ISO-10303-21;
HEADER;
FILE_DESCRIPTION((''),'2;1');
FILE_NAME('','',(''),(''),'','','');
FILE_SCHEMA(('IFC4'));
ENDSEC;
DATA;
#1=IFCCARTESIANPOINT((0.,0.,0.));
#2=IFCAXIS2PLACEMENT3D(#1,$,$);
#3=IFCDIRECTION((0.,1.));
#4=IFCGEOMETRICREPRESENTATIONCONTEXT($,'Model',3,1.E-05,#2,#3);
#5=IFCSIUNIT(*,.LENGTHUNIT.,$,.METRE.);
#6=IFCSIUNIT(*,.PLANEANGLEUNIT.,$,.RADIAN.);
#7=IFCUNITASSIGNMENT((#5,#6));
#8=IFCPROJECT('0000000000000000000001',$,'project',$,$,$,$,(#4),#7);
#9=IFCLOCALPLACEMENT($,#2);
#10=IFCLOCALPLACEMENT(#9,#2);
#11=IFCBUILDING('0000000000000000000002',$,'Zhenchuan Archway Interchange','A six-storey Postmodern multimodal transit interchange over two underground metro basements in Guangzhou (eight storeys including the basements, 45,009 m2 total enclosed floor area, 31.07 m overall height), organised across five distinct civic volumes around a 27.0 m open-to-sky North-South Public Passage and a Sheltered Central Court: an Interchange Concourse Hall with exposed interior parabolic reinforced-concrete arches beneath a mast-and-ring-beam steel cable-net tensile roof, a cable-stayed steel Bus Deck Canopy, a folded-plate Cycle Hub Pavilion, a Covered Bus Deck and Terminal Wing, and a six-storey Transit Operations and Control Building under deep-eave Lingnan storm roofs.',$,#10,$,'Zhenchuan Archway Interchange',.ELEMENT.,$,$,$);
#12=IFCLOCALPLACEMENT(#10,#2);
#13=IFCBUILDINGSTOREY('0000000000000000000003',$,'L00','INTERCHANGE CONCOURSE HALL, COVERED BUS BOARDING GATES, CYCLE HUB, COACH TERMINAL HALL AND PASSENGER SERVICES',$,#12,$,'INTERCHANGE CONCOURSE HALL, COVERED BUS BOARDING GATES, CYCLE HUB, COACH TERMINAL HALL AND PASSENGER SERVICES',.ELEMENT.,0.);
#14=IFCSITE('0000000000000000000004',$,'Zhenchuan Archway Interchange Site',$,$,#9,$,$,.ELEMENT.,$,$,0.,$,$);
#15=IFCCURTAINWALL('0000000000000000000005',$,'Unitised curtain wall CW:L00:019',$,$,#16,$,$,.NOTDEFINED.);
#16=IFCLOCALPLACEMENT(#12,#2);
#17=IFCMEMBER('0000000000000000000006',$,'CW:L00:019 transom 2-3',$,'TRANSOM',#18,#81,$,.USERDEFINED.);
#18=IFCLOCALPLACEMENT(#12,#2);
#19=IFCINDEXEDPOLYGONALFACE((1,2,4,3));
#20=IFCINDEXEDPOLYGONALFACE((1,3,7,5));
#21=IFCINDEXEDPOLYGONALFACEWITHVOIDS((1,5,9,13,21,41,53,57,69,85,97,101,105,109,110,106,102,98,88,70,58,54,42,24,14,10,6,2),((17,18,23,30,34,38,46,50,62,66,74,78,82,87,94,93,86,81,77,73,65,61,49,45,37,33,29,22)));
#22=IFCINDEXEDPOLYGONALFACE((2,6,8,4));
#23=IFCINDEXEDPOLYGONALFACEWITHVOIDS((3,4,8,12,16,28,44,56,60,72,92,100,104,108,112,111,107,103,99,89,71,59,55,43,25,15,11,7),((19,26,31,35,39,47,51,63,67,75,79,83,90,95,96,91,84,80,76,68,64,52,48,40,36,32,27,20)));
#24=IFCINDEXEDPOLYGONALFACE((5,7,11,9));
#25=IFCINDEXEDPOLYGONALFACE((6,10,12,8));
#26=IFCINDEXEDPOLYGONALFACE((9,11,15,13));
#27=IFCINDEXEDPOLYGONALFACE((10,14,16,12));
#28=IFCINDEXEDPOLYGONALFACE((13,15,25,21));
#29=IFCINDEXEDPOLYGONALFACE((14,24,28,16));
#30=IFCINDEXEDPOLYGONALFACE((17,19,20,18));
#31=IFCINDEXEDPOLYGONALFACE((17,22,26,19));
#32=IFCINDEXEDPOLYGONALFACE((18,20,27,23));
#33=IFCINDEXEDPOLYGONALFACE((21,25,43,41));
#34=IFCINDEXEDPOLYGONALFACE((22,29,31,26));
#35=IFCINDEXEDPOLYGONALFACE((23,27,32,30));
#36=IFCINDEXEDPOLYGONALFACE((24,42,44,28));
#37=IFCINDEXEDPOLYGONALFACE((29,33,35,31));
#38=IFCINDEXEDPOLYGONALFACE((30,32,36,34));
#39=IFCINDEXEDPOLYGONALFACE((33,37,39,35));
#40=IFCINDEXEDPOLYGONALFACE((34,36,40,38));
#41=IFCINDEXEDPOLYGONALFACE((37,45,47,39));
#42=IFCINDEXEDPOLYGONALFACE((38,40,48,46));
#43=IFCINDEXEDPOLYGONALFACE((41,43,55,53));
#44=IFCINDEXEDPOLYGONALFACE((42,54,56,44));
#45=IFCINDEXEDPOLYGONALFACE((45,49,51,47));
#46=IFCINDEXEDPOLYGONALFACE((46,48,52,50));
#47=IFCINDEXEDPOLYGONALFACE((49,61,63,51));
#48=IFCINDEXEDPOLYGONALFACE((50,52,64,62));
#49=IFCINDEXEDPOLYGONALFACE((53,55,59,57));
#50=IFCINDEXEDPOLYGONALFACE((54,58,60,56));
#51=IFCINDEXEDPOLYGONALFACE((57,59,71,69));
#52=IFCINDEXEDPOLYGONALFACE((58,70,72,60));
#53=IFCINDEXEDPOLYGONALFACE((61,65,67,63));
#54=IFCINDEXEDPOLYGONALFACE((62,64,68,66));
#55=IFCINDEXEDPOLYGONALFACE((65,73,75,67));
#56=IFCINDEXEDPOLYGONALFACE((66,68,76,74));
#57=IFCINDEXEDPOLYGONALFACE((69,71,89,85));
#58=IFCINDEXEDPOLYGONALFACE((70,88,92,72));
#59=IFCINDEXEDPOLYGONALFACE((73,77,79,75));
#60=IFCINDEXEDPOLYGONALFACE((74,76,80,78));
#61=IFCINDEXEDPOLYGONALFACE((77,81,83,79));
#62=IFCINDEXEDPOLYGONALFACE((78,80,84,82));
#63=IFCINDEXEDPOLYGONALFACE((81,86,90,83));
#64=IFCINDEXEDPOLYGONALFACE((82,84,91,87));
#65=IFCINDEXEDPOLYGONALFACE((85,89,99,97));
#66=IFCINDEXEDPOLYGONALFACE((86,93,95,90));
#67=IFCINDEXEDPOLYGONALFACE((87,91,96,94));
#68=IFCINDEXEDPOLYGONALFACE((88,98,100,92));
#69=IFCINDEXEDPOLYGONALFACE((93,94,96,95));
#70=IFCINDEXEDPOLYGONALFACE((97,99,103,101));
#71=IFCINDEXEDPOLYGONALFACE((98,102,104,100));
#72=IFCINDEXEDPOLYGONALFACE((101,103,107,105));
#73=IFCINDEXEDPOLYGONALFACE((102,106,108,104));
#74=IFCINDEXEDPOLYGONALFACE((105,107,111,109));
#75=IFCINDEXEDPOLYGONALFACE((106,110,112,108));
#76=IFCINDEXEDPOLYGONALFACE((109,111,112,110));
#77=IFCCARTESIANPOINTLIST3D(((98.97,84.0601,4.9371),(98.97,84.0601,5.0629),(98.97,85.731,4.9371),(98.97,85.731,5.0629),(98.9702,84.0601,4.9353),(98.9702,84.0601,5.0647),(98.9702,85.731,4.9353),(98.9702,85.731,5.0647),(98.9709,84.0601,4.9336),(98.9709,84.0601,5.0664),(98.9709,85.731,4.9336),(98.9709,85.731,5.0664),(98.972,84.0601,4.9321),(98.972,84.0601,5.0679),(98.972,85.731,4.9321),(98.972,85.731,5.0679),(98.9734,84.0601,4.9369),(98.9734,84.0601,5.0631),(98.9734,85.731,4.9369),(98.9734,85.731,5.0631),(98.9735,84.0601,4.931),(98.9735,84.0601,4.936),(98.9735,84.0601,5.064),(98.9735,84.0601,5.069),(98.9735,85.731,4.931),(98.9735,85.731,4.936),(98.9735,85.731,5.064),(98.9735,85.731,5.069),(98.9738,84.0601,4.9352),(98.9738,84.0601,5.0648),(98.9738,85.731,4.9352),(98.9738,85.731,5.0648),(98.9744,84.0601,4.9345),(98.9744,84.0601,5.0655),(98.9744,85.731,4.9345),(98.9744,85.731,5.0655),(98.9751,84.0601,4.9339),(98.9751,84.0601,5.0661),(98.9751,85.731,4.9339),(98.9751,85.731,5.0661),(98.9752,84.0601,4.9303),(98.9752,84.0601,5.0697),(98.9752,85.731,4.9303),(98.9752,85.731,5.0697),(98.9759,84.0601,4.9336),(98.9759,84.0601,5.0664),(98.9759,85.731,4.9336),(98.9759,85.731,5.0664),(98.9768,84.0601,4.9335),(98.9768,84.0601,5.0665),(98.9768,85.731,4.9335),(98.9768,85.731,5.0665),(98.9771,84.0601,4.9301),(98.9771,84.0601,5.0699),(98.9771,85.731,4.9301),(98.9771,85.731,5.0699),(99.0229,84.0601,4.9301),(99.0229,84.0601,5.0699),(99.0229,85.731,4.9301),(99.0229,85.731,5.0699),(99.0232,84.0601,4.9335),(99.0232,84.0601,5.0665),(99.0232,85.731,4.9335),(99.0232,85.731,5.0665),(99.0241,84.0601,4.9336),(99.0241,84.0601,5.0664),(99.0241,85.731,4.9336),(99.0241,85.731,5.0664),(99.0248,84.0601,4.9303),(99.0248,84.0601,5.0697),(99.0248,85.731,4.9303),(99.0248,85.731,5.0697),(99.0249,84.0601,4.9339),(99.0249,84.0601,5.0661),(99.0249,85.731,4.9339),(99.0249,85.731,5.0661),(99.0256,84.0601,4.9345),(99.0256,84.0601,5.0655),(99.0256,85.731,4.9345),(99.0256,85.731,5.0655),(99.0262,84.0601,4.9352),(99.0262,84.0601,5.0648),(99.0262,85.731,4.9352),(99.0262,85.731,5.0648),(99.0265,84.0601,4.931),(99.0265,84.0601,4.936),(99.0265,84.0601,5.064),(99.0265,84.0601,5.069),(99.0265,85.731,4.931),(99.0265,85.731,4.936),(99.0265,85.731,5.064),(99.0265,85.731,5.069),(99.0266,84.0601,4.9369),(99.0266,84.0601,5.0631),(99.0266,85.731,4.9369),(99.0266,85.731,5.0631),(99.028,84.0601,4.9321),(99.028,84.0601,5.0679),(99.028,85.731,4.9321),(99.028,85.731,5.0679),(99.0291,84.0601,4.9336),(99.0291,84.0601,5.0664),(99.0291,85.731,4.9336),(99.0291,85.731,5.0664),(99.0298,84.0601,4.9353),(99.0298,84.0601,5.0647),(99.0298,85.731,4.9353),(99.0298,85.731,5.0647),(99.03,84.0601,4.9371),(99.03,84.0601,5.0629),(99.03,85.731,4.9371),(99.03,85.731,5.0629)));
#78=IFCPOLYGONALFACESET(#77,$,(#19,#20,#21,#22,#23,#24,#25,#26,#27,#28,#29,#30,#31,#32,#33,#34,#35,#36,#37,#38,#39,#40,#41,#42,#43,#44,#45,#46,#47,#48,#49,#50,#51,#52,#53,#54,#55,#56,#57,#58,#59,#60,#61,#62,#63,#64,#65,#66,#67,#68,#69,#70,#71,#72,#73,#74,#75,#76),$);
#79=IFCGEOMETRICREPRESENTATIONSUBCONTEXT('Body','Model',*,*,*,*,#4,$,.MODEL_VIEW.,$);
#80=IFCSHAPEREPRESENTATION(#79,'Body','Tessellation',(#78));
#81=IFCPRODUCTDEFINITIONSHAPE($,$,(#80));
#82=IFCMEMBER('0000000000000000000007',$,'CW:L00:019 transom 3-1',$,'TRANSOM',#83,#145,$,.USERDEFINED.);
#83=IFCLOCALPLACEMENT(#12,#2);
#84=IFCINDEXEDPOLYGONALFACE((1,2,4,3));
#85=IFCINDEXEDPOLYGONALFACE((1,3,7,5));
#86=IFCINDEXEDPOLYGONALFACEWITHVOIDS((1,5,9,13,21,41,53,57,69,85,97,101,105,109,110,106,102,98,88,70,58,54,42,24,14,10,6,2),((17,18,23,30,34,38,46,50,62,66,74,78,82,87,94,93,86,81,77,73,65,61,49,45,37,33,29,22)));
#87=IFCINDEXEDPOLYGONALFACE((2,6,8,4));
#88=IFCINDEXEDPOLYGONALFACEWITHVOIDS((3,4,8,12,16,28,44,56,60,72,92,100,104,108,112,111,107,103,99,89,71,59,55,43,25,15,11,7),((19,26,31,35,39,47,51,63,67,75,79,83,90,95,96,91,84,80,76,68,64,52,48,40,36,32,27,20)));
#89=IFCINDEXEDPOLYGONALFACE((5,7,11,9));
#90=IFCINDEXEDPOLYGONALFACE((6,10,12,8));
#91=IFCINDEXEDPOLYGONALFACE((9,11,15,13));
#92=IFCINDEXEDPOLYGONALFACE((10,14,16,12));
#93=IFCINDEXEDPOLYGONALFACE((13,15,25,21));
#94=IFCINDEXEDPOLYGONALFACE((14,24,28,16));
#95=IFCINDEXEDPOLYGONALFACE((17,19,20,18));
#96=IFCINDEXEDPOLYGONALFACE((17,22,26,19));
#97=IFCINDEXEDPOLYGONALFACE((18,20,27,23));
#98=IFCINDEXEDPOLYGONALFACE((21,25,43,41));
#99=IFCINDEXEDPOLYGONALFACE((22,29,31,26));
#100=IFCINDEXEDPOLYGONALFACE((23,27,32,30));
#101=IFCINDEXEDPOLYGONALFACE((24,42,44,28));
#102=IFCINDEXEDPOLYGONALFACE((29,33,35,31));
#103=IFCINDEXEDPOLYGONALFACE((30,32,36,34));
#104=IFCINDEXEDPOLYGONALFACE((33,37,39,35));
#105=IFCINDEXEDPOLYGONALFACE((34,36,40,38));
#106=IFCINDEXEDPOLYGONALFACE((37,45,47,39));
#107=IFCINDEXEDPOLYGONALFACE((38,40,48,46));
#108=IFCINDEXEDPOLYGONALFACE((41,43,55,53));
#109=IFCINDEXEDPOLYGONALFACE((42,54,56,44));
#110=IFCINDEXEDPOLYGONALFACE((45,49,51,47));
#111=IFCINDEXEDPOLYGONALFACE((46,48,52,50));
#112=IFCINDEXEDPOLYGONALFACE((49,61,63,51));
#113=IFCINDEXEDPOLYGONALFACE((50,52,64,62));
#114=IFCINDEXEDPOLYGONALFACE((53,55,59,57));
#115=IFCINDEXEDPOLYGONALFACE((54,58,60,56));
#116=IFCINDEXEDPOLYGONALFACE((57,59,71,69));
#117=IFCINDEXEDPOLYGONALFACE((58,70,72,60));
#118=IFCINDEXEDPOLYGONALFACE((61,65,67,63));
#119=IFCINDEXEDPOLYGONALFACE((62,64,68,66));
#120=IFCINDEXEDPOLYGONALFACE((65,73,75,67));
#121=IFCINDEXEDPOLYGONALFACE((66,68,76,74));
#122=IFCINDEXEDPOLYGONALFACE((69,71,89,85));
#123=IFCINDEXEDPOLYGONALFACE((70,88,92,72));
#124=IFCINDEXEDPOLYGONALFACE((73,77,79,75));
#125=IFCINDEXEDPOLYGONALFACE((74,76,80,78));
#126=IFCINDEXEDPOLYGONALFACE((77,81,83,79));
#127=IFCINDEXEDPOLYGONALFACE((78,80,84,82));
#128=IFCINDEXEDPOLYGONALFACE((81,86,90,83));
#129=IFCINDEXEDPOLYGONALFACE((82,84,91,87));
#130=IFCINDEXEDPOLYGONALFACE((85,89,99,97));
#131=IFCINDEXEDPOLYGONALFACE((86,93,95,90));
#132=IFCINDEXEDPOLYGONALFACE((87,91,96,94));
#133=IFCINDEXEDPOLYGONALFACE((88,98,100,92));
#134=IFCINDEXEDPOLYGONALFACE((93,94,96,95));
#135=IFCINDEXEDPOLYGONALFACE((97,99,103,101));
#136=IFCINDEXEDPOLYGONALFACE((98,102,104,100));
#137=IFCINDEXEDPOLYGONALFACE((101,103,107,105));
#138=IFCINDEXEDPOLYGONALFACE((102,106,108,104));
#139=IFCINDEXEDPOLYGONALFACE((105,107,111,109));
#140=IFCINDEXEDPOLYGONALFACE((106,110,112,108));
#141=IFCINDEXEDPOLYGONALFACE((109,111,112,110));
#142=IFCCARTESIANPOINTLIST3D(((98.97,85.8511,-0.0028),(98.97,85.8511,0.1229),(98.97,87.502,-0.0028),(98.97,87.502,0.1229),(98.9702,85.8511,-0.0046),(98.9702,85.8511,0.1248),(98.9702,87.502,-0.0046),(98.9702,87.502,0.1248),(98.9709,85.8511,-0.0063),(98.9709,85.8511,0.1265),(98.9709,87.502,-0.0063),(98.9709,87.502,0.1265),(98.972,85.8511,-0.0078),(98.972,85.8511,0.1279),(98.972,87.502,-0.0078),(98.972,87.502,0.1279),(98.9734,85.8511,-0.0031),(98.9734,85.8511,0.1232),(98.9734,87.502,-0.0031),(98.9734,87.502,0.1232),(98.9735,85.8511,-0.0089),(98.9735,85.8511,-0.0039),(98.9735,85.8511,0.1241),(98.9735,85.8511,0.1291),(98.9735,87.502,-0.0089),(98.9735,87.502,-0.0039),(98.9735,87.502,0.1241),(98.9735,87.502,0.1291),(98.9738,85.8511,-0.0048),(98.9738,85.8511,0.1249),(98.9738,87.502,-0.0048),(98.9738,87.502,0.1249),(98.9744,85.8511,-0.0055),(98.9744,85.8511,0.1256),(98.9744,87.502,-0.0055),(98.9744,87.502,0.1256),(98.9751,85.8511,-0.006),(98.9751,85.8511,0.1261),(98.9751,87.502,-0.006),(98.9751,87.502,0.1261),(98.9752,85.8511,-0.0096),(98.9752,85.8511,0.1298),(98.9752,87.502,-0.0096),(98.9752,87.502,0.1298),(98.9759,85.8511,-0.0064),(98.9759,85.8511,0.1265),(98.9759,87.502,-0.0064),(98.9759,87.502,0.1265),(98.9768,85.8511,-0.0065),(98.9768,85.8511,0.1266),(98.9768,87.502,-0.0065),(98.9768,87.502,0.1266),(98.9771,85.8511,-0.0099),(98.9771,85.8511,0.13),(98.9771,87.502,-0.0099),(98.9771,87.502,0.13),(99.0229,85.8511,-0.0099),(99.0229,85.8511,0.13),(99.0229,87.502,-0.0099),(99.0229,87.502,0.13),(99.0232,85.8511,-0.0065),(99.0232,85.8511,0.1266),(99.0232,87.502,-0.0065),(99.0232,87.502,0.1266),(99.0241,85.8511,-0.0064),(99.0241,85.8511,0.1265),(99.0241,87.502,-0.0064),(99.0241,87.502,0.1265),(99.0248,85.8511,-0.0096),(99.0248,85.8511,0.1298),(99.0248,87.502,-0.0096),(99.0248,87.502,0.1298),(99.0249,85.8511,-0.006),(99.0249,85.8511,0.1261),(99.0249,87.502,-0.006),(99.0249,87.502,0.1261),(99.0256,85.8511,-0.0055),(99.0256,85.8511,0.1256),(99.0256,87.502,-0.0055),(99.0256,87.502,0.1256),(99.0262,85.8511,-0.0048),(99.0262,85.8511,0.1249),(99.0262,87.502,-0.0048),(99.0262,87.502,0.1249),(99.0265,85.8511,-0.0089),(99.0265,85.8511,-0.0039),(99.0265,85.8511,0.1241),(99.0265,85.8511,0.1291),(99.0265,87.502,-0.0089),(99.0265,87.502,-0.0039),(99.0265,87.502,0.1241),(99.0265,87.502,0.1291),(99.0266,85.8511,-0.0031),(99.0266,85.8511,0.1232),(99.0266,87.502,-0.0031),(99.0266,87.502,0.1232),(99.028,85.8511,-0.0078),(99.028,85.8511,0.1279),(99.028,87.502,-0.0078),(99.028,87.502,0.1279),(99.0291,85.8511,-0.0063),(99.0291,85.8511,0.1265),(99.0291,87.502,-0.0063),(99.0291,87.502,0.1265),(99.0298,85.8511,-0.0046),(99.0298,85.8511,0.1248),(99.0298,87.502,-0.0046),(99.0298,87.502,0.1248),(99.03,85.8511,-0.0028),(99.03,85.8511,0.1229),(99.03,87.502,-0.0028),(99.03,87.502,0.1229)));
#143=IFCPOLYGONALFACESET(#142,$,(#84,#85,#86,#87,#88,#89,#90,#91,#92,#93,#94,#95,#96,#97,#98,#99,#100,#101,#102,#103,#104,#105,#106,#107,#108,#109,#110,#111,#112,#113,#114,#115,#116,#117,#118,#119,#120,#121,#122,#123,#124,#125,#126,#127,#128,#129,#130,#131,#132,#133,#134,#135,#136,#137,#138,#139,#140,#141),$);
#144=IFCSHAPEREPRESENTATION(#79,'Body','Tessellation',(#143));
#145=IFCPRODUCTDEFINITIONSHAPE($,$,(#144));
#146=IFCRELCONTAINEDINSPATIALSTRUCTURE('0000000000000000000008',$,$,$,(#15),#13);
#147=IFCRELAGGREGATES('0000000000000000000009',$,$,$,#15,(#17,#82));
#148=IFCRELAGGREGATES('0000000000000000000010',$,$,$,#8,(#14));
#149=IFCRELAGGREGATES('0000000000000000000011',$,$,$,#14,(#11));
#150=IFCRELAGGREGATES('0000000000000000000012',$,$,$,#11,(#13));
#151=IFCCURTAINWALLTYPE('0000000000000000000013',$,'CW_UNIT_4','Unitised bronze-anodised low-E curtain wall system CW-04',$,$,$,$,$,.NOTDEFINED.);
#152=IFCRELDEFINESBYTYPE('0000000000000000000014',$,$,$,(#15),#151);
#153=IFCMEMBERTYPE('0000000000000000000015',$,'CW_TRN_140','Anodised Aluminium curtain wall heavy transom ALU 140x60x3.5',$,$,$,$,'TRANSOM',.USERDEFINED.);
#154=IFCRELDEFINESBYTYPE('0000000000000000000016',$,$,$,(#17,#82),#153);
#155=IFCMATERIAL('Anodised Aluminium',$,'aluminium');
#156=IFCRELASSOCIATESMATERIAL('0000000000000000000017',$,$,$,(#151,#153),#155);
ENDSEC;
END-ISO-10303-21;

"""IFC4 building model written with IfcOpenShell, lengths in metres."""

from ifc_helpers import new_model, si_unit, direction, frame, origin, origin_2d, place, context, subcontext, project, spatial, hollow_rectangle, extrude, material, material_profile, profile_set, type_object, element, aggregate, save


model = new_model("IFC4")

# Units and contexts
model_context = context("Model", 3, precision=1e-05, world=origin(), true_north=direction((0.0, 1.0)))
body_context = subcontext(model_context, "Body", "Model", "MODEL_VIEW")
ifc_project = project(units=[si_unit("LENGTHUNIT", "METRE"), si_unit("PLANEANGLEUNIT", "RADIAN")], contexts=[model_context])

# Site, building, storey
site_placement = place(None, origin())
site = spatial("IfcSite", under=ifc_project, at=site_placement, Name="Zhenchuan Archway Interchange Site", CompositionType="ELEMENT", RefElevation=0.0)
building_placement = place(site_placement, origin())
building = spatial("IfcBuilding", under=site, at=building_placement, Name="Zhenchuan Archway Interchange", Description="A six-storey Postmodern multimodal transit interchange over two underground metro basements in Guangzhou (eight storeys including the basements, 45,009 m2 total enclosed floor area, 31.07 m overall height), organised across five distinct civic volumes around a 27.0 m open-to-sky North-South Public Passage and a Sheltered Central Court: an Interchange Concourse Hall with exposed interior parabolic reinforced-concrete arches beneath a mast-and-ring-beam steel cable-net tensile roof, a cable-stayed steel Bus Deck Canopy, a folded-plate Cycle Hub Pavilion, a Covered Bus Deck and Terminal Wing, and a six-storey Transit Operations and Control Building under deep-eave Lingnan storm roofs.", LongName="Zhenchuan Archway Interchange", CompositionType="ELEMENT")
storey_placement = place(building_placement, origin())
storey = spatial("IfcBuildingStorey", under=building, at=storey_placement, Name="L00", Description="INTERCHANGE CONCOURSE HALL, COVERED BUS BOARDING GATES, CYCLE HUB, COACH TERMINAL HALL AND PASSENGER SERVICES", LongName="INTERCHANGE CONCOURSE HALL, COVERED BUS BOARDING GATES, CYCLE HUB, COACH TERMINAL HALL AND PASSENGER SERVICES", CompositionType="ELEMENT", Elevation=0.0)

# Curtain wall, members
ifc_material_1 = material(Name="Anodised Aluminium", Category="aluminium")
curtain_wall_type = type_object("IfcCurtainWallType", Name="CW_UNIT_4", Description="Unitised bronze-anodised low-E curtain wall system CW-04", PredefinedType="NOTDEFINED", material=ifc_material_1)
curtain_wall_placement = place(storey_placement, origin())
curtain_wall = element("IfcCurtainWall", 1, at=curtain_wall_placement, inside=storey, type_object=curtain_wall_type, Name="Unitised curtain wall CW:L00:019", PredefinedType="NOTDEFINED")
ifc_material_profile_1 = material_profile(ifc_material_1, hollow_rectangle(XDim=0.0601, YDim=0.1399, WallThickness=0.0034, InnerFilletRadius=0.0034, OuterFilletRadius=0.0071, at=origin_2d()), Name="ALU 140x60x3.5")
ifc_profile_set_1 = profile_set([ifc_material_profile_1], Name="Anodised Aluminium")
member_type = type_object("IfcMemberType", Name="CW_TRN_140", Description="Anodised Aluminium curtain wall heavy transom ALU 140x60x3.5", ElementType="TRANSOM", PredefinedType="USERDEFINED", material=ifc_profile_set_1)
member_1_placement = place(storey_placement, frame((99.0, 84.0601, 5.0), z_axis=(0.0, 1.0, 0.0), x_axis=(-1.0, 0.0, 0.0)))
member_1 = element("IfcMember", 2, at=member_1_placement, type_object=member_type, Name="CW:L00:019 transom 2-3", ObjectType="TRANSOM", PredefinedType="USERDEFINED", context=body_context, shape_type="SweptSolid", body=[
    extrude(hollow_rectangle(XDim=0.0601, YDim=0.1399, WallThickness=0.0034, InnerFilletRadius=0.0034, OuterFilletRadius=0.0071, at=origin_2d()), origin(), (0.0, 0.0, 1.0), 1.6709),
])
member_2_placement = place(storey_placement, frame((99.0, 85.8511, 0.0601), z_axis=(0.0, 1.0, 0.0), x_axis=(-1.0, 0.0, 0.0)))
member_2 = element("IfcMember", 3, at=member_2_placement, type_object=member_type, Name="CW:L00:019 transom 3-1", ObjectType="TRANSOM", PredefinedType="USERDEFINED", context=body_context, shape_type="SweptSolid", body=[
    extrude(hollow_rectangle(XDim=0.0601, YDim=0.1399, WallThickness=0.0034, InnerFilletRadius=0.0034, OuterFilletRadius=0.0071, at=origin_2d()), origin(), (0.0, 0.0, 1.0), 1.6509),
])

aggregate(curtain_wall, [member_1, member_2])

save(model, "model.ifc")
